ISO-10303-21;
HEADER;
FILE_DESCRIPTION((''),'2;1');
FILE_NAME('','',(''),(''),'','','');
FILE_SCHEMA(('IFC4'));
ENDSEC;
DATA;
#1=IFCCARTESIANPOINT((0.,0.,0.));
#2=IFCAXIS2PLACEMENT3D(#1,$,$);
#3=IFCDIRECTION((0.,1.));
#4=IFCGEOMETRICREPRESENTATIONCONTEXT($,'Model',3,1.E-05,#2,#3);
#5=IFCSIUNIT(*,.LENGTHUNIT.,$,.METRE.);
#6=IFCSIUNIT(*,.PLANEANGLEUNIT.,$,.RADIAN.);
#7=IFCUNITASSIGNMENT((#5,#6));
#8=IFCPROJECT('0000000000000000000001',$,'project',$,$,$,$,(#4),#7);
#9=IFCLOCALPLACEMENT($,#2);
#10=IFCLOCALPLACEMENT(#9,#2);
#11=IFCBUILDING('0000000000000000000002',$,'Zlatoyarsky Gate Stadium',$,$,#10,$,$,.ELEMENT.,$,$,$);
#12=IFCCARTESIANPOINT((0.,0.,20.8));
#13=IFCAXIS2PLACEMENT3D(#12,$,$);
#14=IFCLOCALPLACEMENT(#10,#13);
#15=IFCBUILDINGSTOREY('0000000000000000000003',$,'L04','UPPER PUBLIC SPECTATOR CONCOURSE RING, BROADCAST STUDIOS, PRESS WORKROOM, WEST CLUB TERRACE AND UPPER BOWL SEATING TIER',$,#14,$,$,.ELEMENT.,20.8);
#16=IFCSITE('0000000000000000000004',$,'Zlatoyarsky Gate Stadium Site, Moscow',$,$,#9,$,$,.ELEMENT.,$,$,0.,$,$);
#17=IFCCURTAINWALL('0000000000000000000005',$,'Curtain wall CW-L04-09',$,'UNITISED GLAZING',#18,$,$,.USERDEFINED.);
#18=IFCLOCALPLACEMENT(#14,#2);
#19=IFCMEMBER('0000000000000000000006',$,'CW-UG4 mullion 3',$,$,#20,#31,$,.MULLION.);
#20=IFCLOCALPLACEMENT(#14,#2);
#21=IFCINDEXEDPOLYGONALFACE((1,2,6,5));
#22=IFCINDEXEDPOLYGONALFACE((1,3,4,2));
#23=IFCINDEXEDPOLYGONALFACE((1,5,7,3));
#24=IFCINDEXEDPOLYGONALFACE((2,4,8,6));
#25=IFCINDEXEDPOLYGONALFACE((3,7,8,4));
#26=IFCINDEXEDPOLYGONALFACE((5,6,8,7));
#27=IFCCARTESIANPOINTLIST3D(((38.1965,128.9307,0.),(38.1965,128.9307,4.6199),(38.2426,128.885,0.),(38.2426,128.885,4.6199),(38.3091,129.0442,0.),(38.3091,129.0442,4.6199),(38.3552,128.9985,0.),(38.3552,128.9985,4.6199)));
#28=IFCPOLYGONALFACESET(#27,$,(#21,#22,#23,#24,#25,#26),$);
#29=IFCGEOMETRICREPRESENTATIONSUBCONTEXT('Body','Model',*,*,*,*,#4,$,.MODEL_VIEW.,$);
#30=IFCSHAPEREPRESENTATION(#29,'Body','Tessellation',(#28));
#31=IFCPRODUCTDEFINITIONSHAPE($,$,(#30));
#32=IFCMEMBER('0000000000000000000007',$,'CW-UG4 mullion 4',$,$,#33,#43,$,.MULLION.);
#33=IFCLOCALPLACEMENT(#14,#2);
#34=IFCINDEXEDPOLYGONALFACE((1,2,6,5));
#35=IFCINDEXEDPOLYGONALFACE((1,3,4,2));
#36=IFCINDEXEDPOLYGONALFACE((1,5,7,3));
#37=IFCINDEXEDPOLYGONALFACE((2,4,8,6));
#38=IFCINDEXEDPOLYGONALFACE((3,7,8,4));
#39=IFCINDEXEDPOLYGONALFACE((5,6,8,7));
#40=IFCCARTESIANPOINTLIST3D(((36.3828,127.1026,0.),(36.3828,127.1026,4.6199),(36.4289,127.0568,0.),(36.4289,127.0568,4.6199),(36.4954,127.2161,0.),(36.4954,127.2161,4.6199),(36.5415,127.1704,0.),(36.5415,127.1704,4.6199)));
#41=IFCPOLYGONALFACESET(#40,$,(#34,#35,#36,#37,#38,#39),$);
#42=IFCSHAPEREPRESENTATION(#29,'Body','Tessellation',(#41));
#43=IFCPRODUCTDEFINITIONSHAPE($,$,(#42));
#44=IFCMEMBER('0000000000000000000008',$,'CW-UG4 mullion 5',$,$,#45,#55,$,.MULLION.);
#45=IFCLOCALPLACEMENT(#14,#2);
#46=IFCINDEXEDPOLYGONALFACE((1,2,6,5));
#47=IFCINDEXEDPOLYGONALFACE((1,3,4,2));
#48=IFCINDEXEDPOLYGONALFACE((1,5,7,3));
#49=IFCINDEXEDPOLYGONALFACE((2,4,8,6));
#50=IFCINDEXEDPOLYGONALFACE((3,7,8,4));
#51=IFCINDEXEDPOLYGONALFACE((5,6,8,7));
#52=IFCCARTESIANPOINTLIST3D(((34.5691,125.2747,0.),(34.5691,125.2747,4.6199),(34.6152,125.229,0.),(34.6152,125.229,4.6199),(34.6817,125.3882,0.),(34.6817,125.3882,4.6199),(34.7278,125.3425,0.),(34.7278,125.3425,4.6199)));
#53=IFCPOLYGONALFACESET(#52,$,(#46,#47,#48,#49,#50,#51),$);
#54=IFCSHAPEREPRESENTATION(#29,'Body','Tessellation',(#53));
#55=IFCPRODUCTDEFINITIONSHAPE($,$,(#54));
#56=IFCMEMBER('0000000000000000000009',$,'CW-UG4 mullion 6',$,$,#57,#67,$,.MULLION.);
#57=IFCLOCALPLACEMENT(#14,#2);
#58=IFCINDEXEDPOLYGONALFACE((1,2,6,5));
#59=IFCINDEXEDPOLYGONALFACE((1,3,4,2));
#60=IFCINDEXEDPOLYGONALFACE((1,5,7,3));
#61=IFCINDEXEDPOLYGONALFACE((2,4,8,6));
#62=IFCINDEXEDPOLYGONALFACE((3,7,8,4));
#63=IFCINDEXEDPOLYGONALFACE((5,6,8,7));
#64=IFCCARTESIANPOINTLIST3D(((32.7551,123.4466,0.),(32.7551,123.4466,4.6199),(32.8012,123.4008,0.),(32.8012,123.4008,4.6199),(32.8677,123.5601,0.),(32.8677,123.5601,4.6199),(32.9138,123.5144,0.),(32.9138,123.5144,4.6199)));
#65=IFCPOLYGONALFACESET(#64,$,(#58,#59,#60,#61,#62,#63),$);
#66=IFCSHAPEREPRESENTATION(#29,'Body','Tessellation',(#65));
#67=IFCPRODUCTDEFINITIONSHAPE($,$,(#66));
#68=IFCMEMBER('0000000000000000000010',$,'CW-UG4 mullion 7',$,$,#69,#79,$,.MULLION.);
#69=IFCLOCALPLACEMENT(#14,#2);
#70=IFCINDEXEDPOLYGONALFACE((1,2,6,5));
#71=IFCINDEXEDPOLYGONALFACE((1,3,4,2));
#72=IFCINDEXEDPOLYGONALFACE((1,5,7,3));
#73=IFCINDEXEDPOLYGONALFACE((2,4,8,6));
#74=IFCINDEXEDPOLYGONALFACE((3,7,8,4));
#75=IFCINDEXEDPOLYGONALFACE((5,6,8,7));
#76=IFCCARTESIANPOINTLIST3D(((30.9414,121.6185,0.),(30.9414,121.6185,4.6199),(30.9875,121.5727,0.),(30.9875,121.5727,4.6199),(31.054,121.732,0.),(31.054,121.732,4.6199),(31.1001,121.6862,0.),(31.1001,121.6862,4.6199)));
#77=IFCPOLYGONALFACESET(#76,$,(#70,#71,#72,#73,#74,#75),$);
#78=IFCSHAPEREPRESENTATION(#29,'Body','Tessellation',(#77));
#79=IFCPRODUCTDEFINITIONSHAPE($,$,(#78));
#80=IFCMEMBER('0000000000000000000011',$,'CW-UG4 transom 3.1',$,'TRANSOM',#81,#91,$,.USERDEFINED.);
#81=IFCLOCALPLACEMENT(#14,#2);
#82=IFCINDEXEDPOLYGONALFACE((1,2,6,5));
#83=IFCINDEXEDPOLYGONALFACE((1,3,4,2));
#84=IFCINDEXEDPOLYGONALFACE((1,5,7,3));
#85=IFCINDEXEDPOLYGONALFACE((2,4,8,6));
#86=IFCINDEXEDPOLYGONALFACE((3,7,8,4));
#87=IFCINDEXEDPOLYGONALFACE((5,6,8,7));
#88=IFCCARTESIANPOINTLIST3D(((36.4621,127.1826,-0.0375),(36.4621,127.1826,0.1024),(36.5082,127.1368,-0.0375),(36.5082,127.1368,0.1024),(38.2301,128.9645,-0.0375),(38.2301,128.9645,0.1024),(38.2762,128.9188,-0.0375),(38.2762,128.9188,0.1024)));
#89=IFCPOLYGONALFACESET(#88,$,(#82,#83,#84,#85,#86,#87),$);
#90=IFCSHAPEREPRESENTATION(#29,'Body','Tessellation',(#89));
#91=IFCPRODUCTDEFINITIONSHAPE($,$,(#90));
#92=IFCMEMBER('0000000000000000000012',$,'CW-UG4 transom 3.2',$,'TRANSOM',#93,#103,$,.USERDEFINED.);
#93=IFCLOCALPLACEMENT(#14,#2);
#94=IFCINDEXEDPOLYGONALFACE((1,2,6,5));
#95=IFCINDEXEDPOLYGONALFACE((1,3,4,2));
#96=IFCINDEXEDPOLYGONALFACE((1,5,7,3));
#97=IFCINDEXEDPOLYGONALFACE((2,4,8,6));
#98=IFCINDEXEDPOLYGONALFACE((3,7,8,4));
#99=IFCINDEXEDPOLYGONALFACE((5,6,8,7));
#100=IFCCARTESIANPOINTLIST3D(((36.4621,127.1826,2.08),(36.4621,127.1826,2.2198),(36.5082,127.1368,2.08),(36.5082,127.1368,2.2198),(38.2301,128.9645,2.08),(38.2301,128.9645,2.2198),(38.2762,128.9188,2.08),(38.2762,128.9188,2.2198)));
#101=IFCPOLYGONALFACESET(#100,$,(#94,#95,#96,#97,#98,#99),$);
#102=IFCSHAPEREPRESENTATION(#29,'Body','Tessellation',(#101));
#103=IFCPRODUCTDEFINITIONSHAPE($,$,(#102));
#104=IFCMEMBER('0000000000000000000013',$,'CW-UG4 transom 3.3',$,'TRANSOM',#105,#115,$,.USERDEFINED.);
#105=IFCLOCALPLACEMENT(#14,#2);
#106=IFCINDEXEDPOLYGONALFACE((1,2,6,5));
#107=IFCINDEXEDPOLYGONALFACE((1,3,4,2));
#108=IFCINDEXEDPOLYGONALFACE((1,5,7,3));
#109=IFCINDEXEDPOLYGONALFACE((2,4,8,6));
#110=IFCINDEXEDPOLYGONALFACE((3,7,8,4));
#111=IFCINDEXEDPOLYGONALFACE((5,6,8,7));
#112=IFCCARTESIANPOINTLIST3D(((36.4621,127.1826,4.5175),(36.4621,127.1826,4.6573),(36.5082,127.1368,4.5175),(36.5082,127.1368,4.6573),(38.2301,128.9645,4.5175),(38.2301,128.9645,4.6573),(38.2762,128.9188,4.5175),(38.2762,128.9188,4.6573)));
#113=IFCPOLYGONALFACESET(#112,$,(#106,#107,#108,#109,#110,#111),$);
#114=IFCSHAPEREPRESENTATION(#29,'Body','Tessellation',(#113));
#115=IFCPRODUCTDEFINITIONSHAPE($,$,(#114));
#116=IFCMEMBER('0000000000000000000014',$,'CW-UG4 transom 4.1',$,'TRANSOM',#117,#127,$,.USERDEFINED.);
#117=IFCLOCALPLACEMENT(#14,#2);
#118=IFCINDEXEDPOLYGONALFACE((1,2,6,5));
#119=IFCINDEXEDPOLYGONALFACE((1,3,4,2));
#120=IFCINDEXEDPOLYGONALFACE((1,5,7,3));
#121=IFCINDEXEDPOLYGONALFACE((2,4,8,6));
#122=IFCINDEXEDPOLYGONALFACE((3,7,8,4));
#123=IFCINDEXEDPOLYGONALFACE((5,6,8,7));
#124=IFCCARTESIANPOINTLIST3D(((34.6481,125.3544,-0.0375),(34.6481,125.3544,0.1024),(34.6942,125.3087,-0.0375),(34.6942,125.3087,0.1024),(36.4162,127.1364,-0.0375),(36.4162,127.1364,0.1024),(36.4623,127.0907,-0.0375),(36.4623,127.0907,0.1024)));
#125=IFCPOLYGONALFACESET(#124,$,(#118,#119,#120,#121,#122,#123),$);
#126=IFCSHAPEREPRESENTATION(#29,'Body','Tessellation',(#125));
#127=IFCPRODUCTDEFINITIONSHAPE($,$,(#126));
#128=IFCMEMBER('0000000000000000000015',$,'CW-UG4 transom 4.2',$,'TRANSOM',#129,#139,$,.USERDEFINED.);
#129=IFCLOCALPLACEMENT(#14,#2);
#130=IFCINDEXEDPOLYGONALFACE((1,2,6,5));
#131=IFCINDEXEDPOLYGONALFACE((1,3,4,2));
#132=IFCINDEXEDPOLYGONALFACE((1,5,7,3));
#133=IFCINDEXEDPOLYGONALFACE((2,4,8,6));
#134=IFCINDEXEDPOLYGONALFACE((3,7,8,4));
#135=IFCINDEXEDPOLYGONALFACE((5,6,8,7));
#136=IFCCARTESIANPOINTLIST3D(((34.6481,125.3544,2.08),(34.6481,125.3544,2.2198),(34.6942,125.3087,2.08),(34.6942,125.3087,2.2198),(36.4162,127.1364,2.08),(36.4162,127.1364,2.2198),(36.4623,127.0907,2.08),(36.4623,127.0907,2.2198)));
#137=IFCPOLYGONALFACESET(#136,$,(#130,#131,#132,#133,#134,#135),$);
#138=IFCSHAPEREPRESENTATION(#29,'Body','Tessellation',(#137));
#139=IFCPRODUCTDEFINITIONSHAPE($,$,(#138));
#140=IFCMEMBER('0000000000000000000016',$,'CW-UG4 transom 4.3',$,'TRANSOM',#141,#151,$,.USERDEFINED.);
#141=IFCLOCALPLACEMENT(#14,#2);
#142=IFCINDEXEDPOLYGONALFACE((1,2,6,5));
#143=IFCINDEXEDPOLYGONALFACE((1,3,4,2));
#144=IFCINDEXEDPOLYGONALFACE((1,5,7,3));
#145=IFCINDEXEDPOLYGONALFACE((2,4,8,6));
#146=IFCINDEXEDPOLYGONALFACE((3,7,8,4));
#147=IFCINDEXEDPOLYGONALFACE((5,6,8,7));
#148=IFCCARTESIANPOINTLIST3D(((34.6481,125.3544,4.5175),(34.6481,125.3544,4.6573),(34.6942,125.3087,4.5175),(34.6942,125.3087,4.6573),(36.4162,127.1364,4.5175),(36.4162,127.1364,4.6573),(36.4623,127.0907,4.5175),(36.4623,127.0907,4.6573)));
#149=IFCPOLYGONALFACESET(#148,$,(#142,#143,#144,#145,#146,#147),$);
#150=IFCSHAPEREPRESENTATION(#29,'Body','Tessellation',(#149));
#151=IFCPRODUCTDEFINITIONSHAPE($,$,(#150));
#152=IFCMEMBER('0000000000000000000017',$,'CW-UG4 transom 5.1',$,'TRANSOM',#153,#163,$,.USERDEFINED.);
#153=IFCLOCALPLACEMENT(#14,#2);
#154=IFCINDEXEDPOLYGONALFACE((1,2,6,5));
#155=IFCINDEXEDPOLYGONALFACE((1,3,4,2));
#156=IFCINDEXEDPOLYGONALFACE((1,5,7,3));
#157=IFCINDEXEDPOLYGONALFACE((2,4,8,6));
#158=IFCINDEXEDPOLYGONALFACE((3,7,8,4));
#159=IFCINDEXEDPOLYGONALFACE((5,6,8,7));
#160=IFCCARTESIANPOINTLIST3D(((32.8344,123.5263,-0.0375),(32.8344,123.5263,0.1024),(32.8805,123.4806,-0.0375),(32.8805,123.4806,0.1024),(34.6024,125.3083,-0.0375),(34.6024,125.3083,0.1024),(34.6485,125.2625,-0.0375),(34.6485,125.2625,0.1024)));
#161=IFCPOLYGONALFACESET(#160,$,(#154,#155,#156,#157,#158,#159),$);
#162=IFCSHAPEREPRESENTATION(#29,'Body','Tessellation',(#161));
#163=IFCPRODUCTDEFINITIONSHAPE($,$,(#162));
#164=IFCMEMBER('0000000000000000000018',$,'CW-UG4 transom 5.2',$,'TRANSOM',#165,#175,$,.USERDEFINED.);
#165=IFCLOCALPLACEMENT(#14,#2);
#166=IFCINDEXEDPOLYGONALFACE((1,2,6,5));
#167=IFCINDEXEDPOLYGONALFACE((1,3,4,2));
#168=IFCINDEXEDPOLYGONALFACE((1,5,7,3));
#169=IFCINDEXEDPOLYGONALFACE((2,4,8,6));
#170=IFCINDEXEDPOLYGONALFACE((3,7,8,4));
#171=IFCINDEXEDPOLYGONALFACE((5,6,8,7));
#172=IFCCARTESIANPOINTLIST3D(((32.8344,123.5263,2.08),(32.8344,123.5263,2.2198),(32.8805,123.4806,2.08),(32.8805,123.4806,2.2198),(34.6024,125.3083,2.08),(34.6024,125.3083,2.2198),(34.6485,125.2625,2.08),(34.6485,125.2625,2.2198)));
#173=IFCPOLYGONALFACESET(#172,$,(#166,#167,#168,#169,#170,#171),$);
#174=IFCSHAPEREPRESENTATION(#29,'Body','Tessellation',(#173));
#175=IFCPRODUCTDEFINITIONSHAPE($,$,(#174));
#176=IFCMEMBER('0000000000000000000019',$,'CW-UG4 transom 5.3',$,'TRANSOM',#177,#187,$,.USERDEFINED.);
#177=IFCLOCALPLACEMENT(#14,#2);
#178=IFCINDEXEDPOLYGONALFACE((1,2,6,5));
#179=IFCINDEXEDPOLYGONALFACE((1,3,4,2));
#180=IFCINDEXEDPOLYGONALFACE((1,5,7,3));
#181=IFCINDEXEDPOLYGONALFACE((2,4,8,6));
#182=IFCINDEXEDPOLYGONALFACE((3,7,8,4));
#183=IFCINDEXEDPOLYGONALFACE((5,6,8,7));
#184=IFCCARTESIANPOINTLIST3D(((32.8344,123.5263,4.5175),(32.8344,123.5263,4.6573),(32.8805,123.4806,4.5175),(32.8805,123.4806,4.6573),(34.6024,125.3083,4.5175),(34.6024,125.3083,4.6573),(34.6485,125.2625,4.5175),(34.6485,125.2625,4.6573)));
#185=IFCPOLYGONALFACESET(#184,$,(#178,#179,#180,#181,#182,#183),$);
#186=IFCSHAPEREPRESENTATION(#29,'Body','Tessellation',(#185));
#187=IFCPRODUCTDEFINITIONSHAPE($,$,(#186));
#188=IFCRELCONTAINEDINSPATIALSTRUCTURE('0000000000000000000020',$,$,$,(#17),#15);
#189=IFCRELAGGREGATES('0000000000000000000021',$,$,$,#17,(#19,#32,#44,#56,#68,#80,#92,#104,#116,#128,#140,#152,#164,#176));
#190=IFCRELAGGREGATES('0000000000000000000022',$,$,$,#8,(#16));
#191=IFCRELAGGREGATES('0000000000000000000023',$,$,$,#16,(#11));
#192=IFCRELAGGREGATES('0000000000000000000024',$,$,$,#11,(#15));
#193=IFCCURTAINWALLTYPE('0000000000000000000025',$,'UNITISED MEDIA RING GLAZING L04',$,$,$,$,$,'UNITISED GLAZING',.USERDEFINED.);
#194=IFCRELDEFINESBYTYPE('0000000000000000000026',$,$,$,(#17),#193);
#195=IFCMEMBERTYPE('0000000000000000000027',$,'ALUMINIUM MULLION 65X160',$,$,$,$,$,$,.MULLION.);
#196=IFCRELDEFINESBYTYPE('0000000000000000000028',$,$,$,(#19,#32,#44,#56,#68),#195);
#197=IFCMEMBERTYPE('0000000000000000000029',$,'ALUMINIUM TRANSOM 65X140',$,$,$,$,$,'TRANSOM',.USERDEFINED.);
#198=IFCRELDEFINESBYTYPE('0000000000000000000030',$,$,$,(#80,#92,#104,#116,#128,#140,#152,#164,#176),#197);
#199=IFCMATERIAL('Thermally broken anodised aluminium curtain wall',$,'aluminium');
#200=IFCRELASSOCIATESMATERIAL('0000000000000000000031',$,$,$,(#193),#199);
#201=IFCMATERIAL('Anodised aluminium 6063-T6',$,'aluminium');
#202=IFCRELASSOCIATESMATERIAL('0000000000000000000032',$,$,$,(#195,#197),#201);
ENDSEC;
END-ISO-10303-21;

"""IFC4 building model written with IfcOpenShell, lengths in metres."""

from ifc_helpers import new_model, si_unit, direction, frame, origin, origin_2d, place, context, subcontext, project, spatial, rectangle, extrude, material, material_profile, profile_set, type_object, element, aggregate, save


model = new_model("IFC4")

# Units and contexts
model_context = context("Model", 3, precision=1e-05, world=origin(), true_north=direction((0.0, 1.0)))
body_context = subcontext(model_context, "Body", "Model", "MODEL_VIEW")
ifc_project = project(units=[si_unit("LENGTHUNIT", "METRE"), si_unit("PLANEANGLEUNIT", "RADIAN")], contexts=[model_context])

# Site, building, storey
site_placement = place(None, origin())
site = spatial("IfcSite", under=ifc_project, at=site_placement, Name="Zlatoyarsky Gate Stadium Site, Moscow", CompositionType="ELEMENT", RefElevation=0.0)
building_placement = place(site_placement, origin())
building = spatial("IfcBuilding", under=site, at=building_placement, Name="Zlatoyarsky Gate Stadium", CompositionType="ELEMENT")
storey_placement = place(building_placement, frame((0.0, 0.0, 20.8)))
storey = spatial("IfcBuildingStorey", under=building, at=storey_placement, Name="L04", Description="UPPER PUBLIC SPECTATOR CONCOURSE RING, BROADCAST STUDIOS, PRESS WORKROOM, WEST CLUB TERRACE AND UPPER BOWL SEATING TIER", CompositionType="ELEMENT", Elevation=20.8)

# Curtain wall, members
ifc_material_1 = material(Name="Thermally broken anodised aluminium curtain wall", Category="aluminium")
curtain_wall_type = type_object("IfcCurtainWallType", Name="UNITISED MEDIA RING GLAZING L04", ElementType="UNITISED GLAZING", PredefinedType="USERDEFINED", material=ifc_material_1)
curtain_wall_placement = place(storey_placement, origin())
curtain_wall = element("IfcCurtainWall", 1, at=curtain_wall_placement, inside=storey, type_object=curtain_wall_type, Name="Curtain wall CW-L04-09", ObjectType="UNITISED GLAZING", PredefinedType="USERDEFINED")
ifc_material_2 = material(Name="Anodised aluminium 6063-T6", Category="aluminium")
ifc_material_profile_1 = material_profile(ifc_material_2, rectangle(XDim=0.0649, YDim=0.1599, at=origin_2d()), Name="ALU 65X160")
ifc_profile_set_1 = profile_set([ifc_material_profile_1], Name="Anodised aluminium 6063-T6")
member_type_1 = type_object("IfcMemberType", Name="ALUMINIUM MULLION 65X160", PredefinedType="MULLION", material=ifc_profile_set_1)
member_1_placement = place(storey_placement, frame((38.2759, 128.9646, 0.0), z_axis=(0.0, 0.0, 1.0), x_axis=(0.709871, -0.704332, 0.0)))
member_1 = element("IfcMember", 2, at=member_1_placement, type_object=member_type_1, Name="CW-UG4 mullion 3", PredefinedType="MULLION", context=body_context, shape_type="SweptSolid", body=[
    extrude(rectangle(XDim=0.0649, YDim=0.1599, at=origin_2d()), origin(), (0.0, 0.0, 1.0), 4.6199),
])
member_2_placement = place(storey_placement, frame((36.4622, 127.1365, 0.0), z_axis=(0.0, 0.0, 1.0), x_axis=(0.709871, -0.704332, 0.0)))
member_2 = element("IfcMember", 3, at=member_2_placement, type_object=member_type_1, Name="CW-UG4 mullion 4", PredefinedType="MULLION", context=body_context, shape_type="SweptSolid", body=[
    extrude(rectangle(XDim=0.0649, YDim=0.1599, at=origin_2d()), origin(), (0.0, 0.0, 1.0), 4.6199),
])
member_3_placement = place(storey_placement, frame((34.6484, 125.3086, 0.0), z_axis=(0.0, 0.0, 1.0), x_axis=(0.709871, -0.704332, 0.0)))
member_3 = element("IfcMember", 4, at=member_3_placement, type_object=member_type_1, Name="CW-UG4 mullion 5", PredefinedType="MULLION", context=body_context, shape_type="SweptSolid", body=[
    extrude(rectangle(XDim=0.0649, YDim=0.1599, at=origin_2d()), origin(), (0.0, 0.0, 1.0), 4.6199),
])
member_4_placement = place(storey_placement, frame((32.8345, 123.4805, 0.0), z_axis=(0.0, 0.0, 1.0), x_axis=(0.709871, -0.704332, 0.0)))
member_4 = element("IfcMember", 5, at=member_4_placement, type_object=member_type_1, Name="CW-UG4 mullion 6", PredefinedType="MULLION", context=body_context, shape_type="SweptSolid", body=[
    extrude(rectangle(XDim=0.0649, YDim=0.1599, at=origin_2d()), origin(), (0.0, 0.0, 1.0), 4.6199),
])
member_5_placement = place(storey_placement, frame((31.0208, 121.6523, 0.0), z_axis=(0.0, 0.0, 1.0), x_axis=(0.709871, -0.704332, 0.0)))
member_5 = element("IfcMember", 6, at=member_5_placement, type_object=member_type_1, Name="CW-UG4 mullion 7", PredefinedType="MULLION", context=body_context, shape_type="SweptSolid", body=[
    extrude(rectangle(XDim=0.0649, YDim=0.1599, at=origin_2d()), origin(), (0.0, 0.0, 1.0), 4.6199),
])
ifc_material_profile_2 = material_profile(ifc_material_2, rectangle(XDim=0.0649, YDim=0.1399, at=origin_2d()), Name="ALU 65X140")
ifc_profile_set_2 = profile_set([ifc_material_profile_2], Name="Anodised aluminium 6063-T6")
member_type_2 = type_object("IfcMemberType", Name="ALUMINIUM TRANSOM 65X140", ElementType="TRANSOM", PredefinedType="USERDEFINED", material=ifc_profile_set_2)
member_6_placement = place(storey_placement, frame((38.2532, 128.9417, 0.0325), z_axis=(-0.70433, -0.709873, 0.0), x_axis=(0.709873, -0.70433, 0.0)))
member_6 = element("IfcMember", 7, at=member_6_placement, type_object=member_type_2, Name="CW-UG4 transom 3.1", ObjectType="TRANSOM", PredefinedType="USERDEFINED", context=body_context, shape_type="SweptSolid", body=[
    extrude(rectangle(XDim=0.0649, YDim=0.1399, at=origin_2d()), origin(), (0.0, 0.0, 1.0), 2.5103),
])
member_7_placement = place(storey_placement, frame((38.2532, 128.9417, 2.1499), z_axis=(-0.70433, -0.709873, 0.0), x_axis=(0.709873, -0.70433, 0.0)))
member_7 = element("IfcMember", 8, at=member_7_placement, type_object=member_type_2, Name="CW-UG4 transom 3.2", ObjectType="TRANSOM", PredefinedType="USERDEFINED", context=body_context, shape_type="SweptSolid", body=[
    extrude(rectangle(XDim=0.0649, YDim=0.1399, at=origin_2d()), origin(), (0.0, 0.0, 1.0), 2.5103),
])
member_8_placement = place(storey_placement, frame((38.2532, 128.9417, 4.5874), z_axis=(-0.70433, -0.709873, 0.0), x_axis=(0.709873, -0.70433, 0.0)))
member_8 = element("IfcMember", 9, at=member_8_placement, type_object=member_type_2, Name="CW-UG4 transom 3.3", ObjectType="TRANSOM", PredefinedType="USERDEFINED", context=body_context, shape_type="SweptSolid", body=[
    extrude(rectangle(XDim=0.0649, YDim=0.1399, at=origin_2d()), origin(), (0.0, 0.0, 1.0), 2.5103),
])
member_9_placement = place(storey_placement, frame((36.4392, 127.1135, 0.0325), z_axis=(-0.70433, -0.709873, 0.0), x_axis=(0.709873, -0.70433, 0.0)))
member_9 = element("IfcMember", 10, at=member_9_placement, type_object=member_type_2, Name="CW-UG4 transom 4.1", ObjectType="TRANSOM", PredefinedType="USERDEFINED", context=body_context, shape_type="SweptSolid", body=[
    extrude(rectangle(XDim=0.0649, YDim=0.1399, at=origin_2d()), origin(), (0.0, 0.0, 1.0), 2.5103),
])
member_10_placement = place(storey_placement, frame((36.4392, 127.1135, 2.1499), z_axis=(-0.70433, -0.709873, 0.0), x_axis=(0.709873, -0.70433, 0.0)))
member_10 = element("IfcMember", 11, at=member_10_placement, type_object=member_type_2, Name="CW-UG4 transom 4.2", ObjectType="TRANSOM", PredefinedType="USERDEFINED", context=body_context, shape_type="SweptSolid", body=[
    extrude(rectangle(XDim=0.0649, YDim=0.1399, at=origin_2d()), origin(), (0.0, 0.0, 1.0), 2.5103),
])
member_11_placement = place(storey_placement, frame((36.4392, 127.1135, 4.5874), z_axis=(-0.70433, -0.709873, 0.0), x_axis=(0.709873, -0.70433, 0.0)))
member_11 = element("IfcMember", 12, at=member_11_placement, type_object=member_type_2, Name="CW-UG4 transom 4.3", ObjectType="TRANSOM", PredefinedType="USERDEFINED", context=body_context, shape_type="SweptSolid", body=[
    extrude(rectangle(XDim=0.0649, YDim=0.1399, at=origin_2d()), origin(), (0.0, 0.0, 1.0), 2.5103),
])
member_12_placement = place(storey_placement, frame((34.6255, 125.2854, 0.0325), z_axis=(-0.70433, -0.709873, 0.0), x_axis=(0.709873, -0.70433, 0.0)))
member_12 = element("IfcMember", 13, at=member_12_placement, type_object=member_type_2, Name="CW-UG4 transom 5.1", ObjectType="TRANSOM", PredefinedType="USERDEFINED", context=body_context, shape_type="SweptSolid", body=[
    extrude(rectangle(XDim=0.0649, YDim=0.1399, at=origin_2d()), origin(), (0.0, 0.0, 1.0), 2.5103),
])
member_13_placement = place(storey_placement, frame((34.6255, 125.2854, 2.1499), z_axis=(-0.70433, -0.709873, 0.0), x_axis=(0.709873, -0.70433, 0.0)))
member_13 = element("IfcMember", 14, at=member_13_placement, type_object=member_type_2, Name="CW-UG4 transom 5.2", ObjectType="TRANSOM", PredefinedType="USERDEFINED", context=body_context, shape_type="SweptSolid", body=[
    extrude(rectangle(XDim=0.0649, YDim=0.1399, at=origin_2d()), origin(), (0.0, 0.0, 1.0), 2.5103),
])
member_14_placement = place(storey_placement, frame((34.6255, 125.2854, 4.5874), z_axis=(-0.70433, -0.709873, 0.0), x_axis=(0.709873, -0.70433, 0.0)))
member_14 = element("IfcMember", 15, at=member_14_placement, type_object=member_type_2, Name="CW-UG4 transom 5.3", ObjectType="TRANSOM", PredefinedType="USERDEFINED", context=body_context, shape_type="SweptSolid", body=[
    extrude(rectangle(XDim=0.0649, YDim=0.1399, at=origin_2d()), origin(), (0.0, 0.0, 1.0), 2.5103),
])

aggregate(curtain_wall, [member_1, member_2, member_3, member_4, member_5, member_6, member_7, member_8, member_9, member_10, member_11, member_12, member_13, member_14])

save(model, "model.ifc")
